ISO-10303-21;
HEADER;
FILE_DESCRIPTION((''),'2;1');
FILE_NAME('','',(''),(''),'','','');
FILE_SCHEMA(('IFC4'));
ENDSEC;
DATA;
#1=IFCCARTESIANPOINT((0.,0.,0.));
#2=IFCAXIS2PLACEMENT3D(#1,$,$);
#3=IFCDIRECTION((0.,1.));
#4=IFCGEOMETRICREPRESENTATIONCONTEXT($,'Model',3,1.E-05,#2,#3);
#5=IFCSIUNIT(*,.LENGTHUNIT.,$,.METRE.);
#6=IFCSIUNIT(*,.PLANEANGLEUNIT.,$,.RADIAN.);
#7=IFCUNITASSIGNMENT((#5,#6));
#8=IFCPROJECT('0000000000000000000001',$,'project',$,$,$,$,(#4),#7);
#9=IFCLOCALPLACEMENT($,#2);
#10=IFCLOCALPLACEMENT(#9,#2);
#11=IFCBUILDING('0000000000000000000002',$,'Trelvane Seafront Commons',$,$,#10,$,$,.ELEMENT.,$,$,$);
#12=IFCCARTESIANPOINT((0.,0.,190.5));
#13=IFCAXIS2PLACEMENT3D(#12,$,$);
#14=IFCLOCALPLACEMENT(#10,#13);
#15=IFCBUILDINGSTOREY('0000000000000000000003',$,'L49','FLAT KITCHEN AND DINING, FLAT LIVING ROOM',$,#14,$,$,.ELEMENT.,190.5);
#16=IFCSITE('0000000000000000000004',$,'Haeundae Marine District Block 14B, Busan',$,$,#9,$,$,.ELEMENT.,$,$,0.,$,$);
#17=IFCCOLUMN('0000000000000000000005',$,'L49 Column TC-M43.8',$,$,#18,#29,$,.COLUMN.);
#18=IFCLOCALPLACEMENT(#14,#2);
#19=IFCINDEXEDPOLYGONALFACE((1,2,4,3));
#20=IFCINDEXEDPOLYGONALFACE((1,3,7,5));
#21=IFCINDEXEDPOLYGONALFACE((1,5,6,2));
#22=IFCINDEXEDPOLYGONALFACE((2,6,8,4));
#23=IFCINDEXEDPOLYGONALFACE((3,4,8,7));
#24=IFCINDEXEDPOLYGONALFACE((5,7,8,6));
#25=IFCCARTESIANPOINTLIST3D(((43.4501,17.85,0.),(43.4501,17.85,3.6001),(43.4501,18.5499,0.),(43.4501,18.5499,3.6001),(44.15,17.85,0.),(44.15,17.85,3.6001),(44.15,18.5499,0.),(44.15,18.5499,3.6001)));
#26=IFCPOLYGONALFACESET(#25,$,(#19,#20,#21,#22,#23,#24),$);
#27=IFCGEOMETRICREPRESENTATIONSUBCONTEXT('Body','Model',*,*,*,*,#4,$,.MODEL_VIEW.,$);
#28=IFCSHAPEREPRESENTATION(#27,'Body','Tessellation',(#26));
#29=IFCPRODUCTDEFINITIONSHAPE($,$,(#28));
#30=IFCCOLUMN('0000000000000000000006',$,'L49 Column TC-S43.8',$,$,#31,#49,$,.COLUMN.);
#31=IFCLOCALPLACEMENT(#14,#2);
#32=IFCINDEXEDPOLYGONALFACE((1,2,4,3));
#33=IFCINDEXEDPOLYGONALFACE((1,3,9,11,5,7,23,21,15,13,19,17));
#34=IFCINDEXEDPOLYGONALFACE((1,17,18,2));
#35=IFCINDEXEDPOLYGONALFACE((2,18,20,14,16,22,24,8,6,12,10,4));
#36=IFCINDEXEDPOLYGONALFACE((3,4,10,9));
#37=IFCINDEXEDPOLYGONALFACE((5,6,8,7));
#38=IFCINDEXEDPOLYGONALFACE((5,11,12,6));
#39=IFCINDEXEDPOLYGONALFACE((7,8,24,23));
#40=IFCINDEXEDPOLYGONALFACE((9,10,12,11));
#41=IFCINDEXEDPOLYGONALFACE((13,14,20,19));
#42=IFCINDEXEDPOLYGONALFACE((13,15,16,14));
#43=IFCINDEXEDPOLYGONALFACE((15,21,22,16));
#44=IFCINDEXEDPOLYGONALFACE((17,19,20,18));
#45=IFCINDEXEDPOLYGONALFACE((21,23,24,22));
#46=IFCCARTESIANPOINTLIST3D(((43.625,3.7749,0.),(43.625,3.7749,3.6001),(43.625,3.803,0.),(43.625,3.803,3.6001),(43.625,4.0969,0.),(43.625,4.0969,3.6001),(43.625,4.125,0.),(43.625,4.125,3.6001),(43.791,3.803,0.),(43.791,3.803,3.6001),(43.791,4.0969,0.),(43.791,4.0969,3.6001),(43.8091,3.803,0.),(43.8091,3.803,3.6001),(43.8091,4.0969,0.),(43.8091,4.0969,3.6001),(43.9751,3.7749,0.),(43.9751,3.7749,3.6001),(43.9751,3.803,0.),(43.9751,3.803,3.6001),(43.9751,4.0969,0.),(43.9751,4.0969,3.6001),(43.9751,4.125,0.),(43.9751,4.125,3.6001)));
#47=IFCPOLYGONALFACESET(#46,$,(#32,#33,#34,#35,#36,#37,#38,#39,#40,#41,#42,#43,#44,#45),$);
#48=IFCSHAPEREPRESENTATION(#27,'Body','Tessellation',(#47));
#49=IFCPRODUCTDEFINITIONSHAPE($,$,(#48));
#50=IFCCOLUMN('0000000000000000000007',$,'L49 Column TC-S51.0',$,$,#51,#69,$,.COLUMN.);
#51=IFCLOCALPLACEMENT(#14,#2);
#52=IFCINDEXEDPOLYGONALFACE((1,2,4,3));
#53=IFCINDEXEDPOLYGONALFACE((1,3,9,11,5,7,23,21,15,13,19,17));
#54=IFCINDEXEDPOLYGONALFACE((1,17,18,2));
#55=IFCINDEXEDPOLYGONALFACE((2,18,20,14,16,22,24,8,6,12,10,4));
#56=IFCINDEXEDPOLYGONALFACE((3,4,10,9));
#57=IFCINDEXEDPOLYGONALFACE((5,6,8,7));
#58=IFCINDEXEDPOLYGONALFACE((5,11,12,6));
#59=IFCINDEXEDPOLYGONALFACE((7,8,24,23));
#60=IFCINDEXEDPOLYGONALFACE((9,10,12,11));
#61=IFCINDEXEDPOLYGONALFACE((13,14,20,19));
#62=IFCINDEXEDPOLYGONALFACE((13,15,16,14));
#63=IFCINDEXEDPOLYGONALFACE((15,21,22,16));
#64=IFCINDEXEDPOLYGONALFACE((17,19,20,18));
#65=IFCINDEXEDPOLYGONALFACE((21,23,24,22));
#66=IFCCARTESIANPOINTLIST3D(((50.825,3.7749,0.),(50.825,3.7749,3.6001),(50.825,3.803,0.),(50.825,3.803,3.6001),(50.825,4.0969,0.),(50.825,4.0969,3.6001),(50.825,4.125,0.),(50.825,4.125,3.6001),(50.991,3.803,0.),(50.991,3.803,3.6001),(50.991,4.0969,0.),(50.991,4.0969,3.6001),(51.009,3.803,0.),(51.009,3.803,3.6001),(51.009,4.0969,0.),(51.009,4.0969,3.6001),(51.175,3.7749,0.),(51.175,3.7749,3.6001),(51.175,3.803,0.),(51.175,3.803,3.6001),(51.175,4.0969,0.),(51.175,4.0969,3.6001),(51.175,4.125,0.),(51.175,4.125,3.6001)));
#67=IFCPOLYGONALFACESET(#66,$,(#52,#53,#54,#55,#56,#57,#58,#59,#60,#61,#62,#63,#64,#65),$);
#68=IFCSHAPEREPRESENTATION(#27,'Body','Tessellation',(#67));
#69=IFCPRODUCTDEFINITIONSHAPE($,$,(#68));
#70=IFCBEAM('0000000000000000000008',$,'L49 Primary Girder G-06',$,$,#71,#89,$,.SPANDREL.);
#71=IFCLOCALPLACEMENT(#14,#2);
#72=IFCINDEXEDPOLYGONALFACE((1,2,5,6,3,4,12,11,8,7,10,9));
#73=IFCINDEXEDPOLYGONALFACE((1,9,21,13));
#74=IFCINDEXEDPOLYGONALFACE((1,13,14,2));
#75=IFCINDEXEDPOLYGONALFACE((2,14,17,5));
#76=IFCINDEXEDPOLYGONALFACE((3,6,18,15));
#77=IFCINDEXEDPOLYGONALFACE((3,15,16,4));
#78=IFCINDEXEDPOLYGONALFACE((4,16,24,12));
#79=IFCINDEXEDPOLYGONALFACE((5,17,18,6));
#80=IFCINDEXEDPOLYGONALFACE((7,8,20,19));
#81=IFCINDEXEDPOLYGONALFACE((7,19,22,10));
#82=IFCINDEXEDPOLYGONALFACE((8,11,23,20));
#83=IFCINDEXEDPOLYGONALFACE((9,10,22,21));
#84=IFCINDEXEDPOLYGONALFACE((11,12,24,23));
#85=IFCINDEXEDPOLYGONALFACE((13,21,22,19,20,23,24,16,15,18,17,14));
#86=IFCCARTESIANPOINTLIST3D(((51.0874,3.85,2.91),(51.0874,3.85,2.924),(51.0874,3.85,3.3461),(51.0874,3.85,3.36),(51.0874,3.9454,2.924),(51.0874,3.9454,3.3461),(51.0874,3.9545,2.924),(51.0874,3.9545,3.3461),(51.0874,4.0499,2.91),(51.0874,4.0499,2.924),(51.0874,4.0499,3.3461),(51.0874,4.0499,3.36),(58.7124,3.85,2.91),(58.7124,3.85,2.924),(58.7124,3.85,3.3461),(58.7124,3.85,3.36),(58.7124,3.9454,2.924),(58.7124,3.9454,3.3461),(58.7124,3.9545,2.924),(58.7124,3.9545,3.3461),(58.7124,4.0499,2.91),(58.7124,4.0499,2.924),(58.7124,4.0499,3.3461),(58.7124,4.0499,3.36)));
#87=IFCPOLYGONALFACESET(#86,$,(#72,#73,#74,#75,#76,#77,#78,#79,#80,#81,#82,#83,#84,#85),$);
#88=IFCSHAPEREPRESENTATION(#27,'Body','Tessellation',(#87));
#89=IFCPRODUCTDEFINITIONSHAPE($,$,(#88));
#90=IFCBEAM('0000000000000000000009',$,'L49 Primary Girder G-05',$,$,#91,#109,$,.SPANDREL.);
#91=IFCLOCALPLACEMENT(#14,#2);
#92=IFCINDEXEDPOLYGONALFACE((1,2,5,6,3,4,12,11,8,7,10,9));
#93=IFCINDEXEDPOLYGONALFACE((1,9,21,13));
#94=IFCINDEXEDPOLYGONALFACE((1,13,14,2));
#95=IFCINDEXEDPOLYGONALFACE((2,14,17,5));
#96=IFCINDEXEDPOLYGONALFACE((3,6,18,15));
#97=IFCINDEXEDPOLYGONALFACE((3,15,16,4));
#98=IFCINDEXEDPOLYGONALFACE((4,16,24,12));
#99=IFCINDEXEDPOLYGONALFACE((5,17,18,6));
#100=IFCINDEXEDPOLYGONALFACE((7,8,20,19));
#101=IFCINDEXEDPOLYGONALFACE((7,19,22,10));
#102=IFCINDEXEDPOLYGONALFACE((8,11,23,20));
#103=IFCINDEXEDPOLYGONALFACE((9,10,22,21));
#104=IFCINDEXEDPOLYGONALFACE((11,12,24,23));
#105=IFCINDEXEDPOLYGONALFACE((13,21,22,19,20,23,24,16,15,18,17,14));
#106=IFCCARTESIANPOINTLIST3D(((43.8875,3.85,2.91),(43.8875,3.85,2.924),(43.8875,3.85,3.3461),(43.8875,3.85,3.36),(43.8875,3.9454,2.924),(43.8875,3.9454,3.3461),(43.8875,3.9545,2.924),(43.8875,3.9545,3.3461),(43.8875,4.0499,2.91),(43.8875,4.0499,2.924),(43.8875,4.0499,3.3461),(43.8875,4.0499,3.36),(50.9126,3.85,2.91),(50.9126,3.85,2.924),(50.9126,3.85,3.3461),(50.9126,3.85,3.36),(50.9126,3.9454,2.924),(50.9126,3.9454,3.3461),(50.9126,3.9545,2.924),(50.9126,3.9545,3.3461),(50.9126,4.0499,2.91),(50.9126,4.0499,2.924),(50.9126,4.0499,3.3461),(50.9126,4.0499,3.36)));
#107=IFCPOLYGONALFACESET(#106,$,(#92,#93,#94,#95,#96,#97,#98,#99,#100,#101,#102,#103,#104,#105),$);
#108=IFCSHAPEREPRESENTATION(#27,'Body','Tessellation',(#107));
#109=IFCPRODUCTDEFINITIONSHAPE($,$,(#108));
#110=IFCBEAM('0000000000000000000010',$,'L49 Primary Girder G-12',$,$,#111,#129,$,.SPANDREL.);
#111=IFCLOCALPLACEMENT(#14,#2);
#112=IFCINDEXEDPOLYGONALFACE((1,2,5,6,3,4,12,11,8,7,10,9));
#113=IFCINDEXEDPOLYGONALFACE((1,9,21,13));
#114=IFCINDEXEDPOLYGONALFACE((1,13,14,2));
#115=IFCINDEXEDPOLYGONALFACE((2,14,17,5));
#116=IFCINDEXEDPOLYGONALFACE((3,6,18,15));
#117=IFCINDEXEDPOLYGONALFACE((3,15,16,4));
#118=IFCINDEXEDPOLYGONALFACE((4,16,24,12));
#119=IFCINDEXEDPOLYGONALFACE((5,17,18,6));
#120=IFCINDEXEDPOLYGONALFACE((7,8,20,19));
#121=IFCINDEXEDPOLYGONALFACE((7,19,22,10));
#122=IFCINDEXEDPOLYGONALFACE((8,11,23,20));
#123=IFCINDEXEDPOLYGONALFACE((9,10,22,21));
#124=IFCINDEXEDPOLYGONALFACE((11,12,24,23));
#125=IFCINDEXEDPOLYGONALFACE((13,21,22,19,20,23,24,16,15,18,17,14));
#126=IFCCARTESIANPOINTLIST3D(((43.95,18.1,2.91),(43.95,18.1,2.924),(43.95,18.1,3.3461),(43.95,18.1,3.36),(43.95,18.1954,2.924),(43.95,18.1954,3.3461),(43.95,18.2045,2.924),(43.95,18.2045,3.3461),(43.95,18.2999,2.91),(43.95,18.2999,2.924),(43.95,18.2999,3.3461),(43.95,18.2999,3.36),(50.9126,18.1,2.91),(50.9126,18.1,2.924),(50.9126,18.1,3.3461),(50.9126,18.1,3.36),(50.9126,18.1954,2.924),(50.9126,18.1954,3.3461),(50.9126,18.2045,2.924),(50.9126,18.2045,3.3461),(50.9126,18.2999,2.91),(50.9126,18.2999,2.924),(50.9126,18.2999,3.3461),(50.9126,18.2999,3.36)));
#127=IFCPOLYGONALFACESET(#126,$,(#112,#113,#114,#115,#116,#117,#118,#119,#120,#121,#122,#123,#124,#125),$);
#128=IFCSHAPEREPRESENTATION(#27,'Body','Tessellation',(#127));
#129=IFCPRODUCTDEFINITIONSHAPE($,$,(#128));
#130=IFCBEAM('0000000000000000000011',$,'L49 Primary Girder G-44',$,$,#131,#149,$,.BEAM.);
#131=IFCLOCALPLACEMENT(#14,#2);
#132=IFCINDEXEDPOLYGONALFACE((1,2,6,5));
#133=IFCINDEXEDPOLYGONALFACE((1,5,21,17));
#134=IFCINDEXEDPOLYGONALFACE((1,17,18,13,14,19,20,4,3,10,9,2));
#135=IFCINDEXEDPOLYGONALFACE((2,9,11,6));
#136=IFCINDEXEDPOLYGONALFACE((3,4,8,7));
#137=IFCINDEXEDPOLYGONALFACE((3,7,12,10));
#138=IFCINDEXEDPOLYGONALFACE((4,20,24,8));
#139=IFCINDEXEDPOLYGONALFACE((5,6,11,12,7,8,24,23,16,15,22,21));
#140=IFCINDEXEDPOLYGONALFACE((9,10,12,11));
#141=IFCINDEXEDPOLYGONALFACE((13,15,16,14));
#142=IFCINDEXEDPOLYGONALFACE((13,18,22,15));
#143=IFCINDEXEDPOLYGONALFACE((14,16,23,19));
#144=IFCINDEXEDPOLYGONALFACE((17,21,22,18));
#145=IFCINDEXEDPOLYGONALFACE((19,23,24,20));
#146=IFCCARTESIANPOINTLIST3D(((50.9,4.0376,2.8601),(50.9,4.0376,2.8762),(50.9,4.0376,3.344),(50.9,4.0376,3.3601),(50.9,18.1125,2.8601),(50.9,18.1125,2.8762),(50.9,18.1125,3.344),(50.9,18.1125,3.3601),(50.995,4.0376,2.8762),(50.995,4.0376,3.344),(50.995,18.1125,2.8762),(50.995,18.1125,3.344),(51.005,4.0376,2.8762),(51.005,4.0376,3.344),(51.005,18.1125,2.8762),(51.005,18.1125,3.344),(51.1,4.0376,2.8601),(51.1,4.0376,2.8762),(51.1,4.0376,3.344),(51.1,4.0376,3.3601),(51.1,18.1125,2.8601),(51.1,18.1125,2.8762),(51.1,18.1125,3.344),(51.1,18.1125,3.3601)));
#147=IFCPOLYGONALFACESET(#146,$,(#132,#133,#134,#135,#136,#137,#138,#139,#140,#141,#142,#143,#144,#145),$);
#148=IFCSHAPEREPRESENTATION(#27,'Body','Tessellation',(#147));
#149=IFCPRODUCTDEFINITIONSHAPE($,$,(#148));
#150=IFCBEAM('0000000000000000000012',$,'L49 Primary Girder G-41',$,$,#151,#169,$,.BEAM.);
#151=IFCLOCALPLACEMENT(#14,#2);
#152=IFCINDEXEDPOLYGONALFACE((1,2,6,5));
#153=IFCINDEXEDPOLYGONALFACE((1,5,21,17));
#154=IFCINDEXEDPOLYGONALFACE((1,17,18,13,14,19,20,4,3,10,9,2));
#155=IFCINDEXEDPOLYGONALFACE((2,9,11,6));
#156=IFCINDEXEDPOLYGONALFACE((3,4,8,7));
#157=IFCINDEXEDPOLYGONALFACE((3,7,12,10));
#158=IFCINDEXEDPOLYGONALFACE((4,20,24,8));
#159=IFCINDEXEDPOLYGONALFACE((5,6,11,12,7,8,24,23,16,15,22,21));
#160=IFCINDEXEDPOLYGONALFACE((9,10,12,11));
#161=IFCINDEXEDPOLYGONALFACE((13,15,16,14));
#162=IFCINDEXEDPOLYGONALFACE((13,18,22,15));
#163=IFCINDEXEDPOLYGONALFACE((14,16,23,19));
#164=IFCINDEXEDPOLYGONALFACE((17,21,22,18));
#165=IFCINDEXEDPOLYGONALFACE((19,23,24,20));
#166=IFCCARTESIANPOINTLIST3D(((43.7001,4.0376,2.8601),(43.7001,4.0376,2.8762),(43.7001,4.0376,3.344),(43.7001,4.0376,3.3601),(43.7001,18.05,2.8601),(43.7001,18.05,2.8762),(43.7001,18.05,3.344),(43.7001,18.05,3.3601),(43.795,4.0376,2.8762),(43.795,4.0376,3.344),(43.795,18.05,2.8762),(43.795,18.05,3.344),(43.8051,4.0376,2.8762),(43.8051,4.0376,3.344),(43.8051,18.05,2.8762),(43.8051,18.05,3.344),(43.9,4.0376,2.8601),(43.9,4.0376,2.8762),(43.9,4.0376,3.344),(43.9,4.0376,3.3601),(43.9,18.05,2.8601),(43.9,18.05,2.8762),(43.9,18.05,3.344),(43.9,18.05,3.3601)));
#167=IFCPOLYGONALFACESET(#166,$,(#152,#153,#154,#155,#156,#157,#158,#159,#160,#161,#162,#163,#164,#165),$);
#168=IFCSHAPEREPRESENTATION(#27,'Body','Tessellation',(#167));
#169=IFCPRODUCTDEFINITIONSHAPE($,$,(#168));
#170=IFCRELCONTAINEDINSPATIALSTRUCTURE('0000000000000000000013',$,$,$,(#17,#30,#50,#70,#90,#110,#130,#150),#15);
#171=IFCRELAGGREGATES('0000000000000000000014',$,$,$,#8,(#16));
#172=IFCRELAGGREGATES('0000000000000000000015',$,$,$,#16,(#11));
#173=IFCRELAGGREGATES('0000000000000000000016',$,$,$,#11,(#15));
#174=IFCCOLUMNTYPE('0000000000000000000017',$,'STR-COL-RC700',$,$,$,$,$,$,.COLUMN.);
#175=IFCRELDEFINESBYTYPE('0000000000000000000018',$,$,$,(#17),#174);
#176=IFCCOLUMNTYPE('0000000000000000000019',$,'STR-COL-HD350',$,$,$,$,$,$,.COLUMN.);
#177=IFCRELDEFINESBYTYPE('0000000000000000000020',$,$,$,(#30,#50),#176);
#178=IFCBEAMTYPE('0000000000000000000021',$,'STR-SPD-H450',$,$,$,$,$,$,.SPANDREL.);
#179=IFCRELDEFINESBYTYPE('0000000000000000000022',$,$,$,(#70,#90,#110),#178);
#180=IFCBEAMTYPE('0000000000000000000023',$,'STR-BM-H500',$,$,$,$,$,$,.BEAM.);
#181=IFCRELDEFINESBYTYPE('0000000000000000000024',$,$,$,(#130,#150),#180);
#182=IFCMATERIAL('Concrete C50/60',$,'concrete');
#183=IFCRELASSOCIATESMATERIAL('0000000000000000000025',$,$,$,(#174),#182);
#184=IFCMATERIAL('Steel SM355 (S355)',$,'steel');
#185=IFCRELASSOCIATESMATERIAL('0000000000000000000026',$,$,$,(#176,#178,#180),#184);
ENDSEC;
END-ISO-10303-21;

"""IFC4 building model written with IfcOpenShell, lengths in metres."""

from ifc_helpers import new_model, si_unit, direction, frame, origin, origin_2d, place, context, subcontext, project, spatial, rectangle, i_section, extrude, source, transform, mapped, material, material_profile, profile_set, type_object, element, save


model = new_model("IFC4")

# Units and contexts
model_context = context("Model", 3, precision=1e-05, world=origin(), true_north=direction((0.0, 1.0)))
body_context = subcontext(model_context, "Body", "Model", "MODEL_VIEW")
ifc_project = project(units=[si_unit("LENGTHUNIT", "METRE"), si_unit("PLANEANGLEUNIT", "RADIAN")], contexts=[model_context])

# Site, building, storey
site_placement = place(None, origin())
site = spatial("IfcSite", under=ifc_project, at=site_placement, Name="Haeundae Marine District Block 14B, Busan", CompositionType="ELEMENT", RefElevation=0.0)
building_placement = place(site_placement, origin())
building = spatial("IfcBuilding", under=site, at=building_placement, Name="Trelvane Seafront Commons", CompositionType="ELEMENT")
storey_placement = place(building_placement, frame((0.0, 0.0, 190.5)))
storey = spatial("IfcBuildingStorey", under=building, at=storey_placement, Name="L49", Description="FLAT KITCHEN AND DINING, FLAT LIVING ROOM", CompositionType="ELEMENT", Elevation=190.5)

# Columns
ifc_material_1 = material(Name="Concrete C50/60", Category="concrete")
ifc_material_profile_1 = material_profile(ifc_material_1, rectangle(XDim=0.7, YDim=0.7, at=origin_2d()), Name="RC-700x700")
ifc_profile_set_1 = profile_set([ifc_material_profile_1], Name="Concrete C50/60")
column_type_1 = type_object("IfcColumnType", Name="STR-COL-RC700", PredefinedType="COLUMN", material=ifc_profile_set_1)
shared_shape_1 = source(origin(), body_context, "Body", "SweptSolid", [
    extrude(rectangle(XDim=0.7, YDim=0.7, at=origin_2d()), origin(), (0.0, 0.0, 1.0), 3.6001),
])
column_placement = place(storey_placement, frame((43.8, 18.2, 0.0), z_axis=(0.0, 0.0, 1.0), x_axis=(1.0, 0.0, 0.0)))
element("IfcColumn", 1, at=column_placement, inside=storey, type_object=column_type_1, Name="L49 Column TC-M43.8", PredefinedType="COLUMN", context=body_context, shape_type="MappedRepresentation", body=[
    mapped(shared_shape_1, transform((0.0, 0.0, 0.0), x_axis=(1.0, 0.0, 0.0), y_axis=(0.0, 1.0, 0.0), z_axis=(0.0, 0.0, 1.0), scale=1.0)),
])
ifc_material_2 = material(Name="Steel SM355 (S355)", Category="steel")
ifc_material_profile_2 = material_profile(ifc_material_2, i_section(OverallWidth=0.3501, OverallDepth=0.3501, WebThickness=0.0181, FlangeThickness=0.0281, at=origin_2d()), Name="HD-350x350x18x28")
ifc_profile_set_2 = profile_set([ifc_material_profile_2], Name="Steel SM355 (S355)")
column_type_2 = type_object("IfcColumnType", Name="STR-COL-HD350", PredefinedType="COLUMN", material=ifc_profile_set_2)
shared_shape_2 = source(origin(), body_context, "Body", "SweptSolid", [
    extrude(i_section(OverallWidth=0.3501, OverallDepth=0.3501, WebThickness=0.0181, FlangeThickness=0.0281, at=origin_2d()), origin(), (0.0, 0.0, 1.0), 3.6001),
])
for number, where, z_axis, x_axis, name in (
    (2, (43.8, 3.95, 0.0), (0.0, 0.0, 1.0), (1.0, 0.0, 0.0), "L49 Column TC-S43.8"),
    (3, (51.0, 3.95, 0.0), (0.0, 0.0, 1.0), (1.0, 0.0, 0.0), "L49 Column TC-S51.0"),
):
    element("IfcColumn", number, at=place(storey_placement, frame(where, z_axis=z_axis, x_axis=x_axis)), inside=storey, type_object=column_type_2, Name=name, PredefinedType="COLUMN", context=body_context, shape_type="MappedRepresentation", body=[
        mapped(shared_shape_2, transform((0.0, 0.0, 0.0), x_axis=(1.0, 0.0, 0.0), y_axis=(0.0, 1.0, 0.0), z_axis=(0.0, 0.0, 1.0), scale=1.0)),
    ])

# Beams
ifc_material_profile_3 = material_profile(ifc_material_2, i_section(OverallWidth=0.2, OverallDepth=0.45, WebThickness=0.009, FlangeThickness=0.0139, at=origin_2d()), Name="H-450x200x9x14")
ifc_profile_set_3 = profile_set([ifc_material_profile_3], Name="Steel SM355 (S355)")
beam_type_1 = type_object("IfcBeamType", Name="STR-SPD-H450", PredefinedType="SPANDREL", material=ifc_profile_set_3)
shared_shape_3 = source(origin(), body_context, "Body", "SweptSolid", [
    extrude(i_section(OverallWidth=0.2, OverallDepth=0.45, WebThickness=0.009, FlangeThickness=0.0139, at=origin_2d()), origin(), (0.0, 0.0, 1.0), 7.625),
])
beam_1_placement = place(storey_placement, frame((51.0874, 3.95, 3.135), z_axis=(1.0, 0.0, 0.0), x_axis=(0.0, 1.0, 0.0)))
element("IfcBeam", 4, at=beam_1_placement, inside=storey, type_object=beam_type_1, Name="L49 Primary Girder G-06", PredefinedType="SPANDREL", context=body_context, shape_type="MappedRepresentation", body=[
    mapped(shared_shape_3, transform((0.0, 0.0, 0.0), x_axis=(1.0, 0.0, 0.0), y_axis=(0.0, 1.0, 0.0), z_axis=(0.0, 0.0, 1.0), scale=1.0)),
])
shared_shape_4 = source(origin(), body_context, "Body", "SweptSolid", [
    extrude(i_section(OverallWidth=0.2, OverallDepth=0.45, WebThickness=0.009, FlangeThickness=0.0139, at=origin_2d()), origin(), (0.0, 0.0, 1.0), 7.0251),
])
beam_2_placement = place(storey_placement, frame((43.8875, 3.95, 3.135), z_axis=(1.0, 0.0, 0.0), x_axis=(0.0, 1.0, 0.0)))
element("IfcBeam", 5, at=beam_2_placement, inside=storey, type_object=beam_type_1, Name="L49 Primary Girder G-05", PredefinedType="SPANDREL", context=body_context, shape_type="MappedRepresentation", body=[
    mapped(shared_shape_4, transform((0.0, 0.0, 0.0), x_axis=(1.0, 0.0, 0.0), y_axis=(0.0, 1.0, 0.0), z_axis=(0.0, 0.0, 1.0), scale=1.0)),
])
shared_shape_5 = source(origin(), body_context, "Body", "SweptSolid", [
    extrude(i_section(OverallWidth=0.2, OverallDepth=0.45, WebThickness=0.009, FlangeThickness=0.0139, at=origin_2d()), origin(), (0.0, 0.0, 1.0), 6.9626),
])
beam_3_placement = place(storey_placement, frame((43.95, 18.2, 3.135), z_axis=(1.0, 0.0, 0.0), x_axis=(0.0, 1.0, 0.0)))
element("IfcBeam", 6, at=beam_3_placement, inside=storey, type_object=beam_type_1, Name="L49 Primary Girder G-12", PredefinedType="SPANDREL", context=body_context, shape_type="MappedRepresentation", body=[
    mapped(shared_shape_5, transform((0.0, 0.0, 0.0), x_axis=(1.0, 0.0, 0.0), y_axis=(0.0, 1.0, 0.0), z_axis=(0.0, 0.0, 1.0), scale=1.0)),
])
ifc_material_profile_4 = material_profile(ifc_material_2, i_section(OverallWidth=0.2, OverallDepth=0.5, WebThickness=0.01, FlangeThickness=0.0161, at=origin_2d()), Name="H-500x200x10x16")
ifc_profile_set_4 = profile_set([ifc_material_profile_4], Name="Steel SM355 (S355)")
beam_type_2 = type_object("IfcBeamType", Name="STR-BM-H500", PredefinedType="BEAM", material=ifc_profile_set_4)
shared_shape_6 = source(origin(), body_context, "Body", "SweptSolid", [
    extrude(i_section(OverallWidth=0.2, OverallDepth=0.5, WebThickness=0.01, FlangeThickness=0.0161, at=origin_2d()), origin(), (0.0, 0.0, 1.0), 14.075),
])
beam_4_placement = place(storey_placement, frame((51.0, 4.0376, 3.1101), z_axis=(0.0, 1.0, 0.0), x_axis=(-1.0, 0.0, 0.0)))
element("IfcBeam", 7, at=beam_4_placement, inside=storey, type_object=beam_type_2, Name="L49 Primary Girder G-44", PredefinedType="BEAM", context=body_context, shape_type="MappedRepresentation", body=[
    mapped(shared_shape_6, transform((0.0, 0.0, 0.0), x_axis=(1.0, 0.0, 0.0), y_axis=(0.0, 1.0, 0.0), z_axis=(0.0, 0.0, 1.0), scale=1.0)),
])
shared_shape_7 = source(origin(), body_context, "Body", "SweptSolid", [
    extrude(i_section(OverallWidth=0.2, OverallDepth=0.5, WebThickness=0.01, FlangeThickness=0.0161, at=origin_2d()), origin(), (0.0, 0.0, 1.0), 14.0125),
])
beam_5_placement = place(storey_placement, frame((43.8, 4.0376, 3.1101), z_axis=(0.0, 1.0, 0.0), x_axis=(-1.0, 0.0, 0.0)))
element("IfcBeam", 8, at=beam_5_placement, inside=storey, type_object=beam_type_2, Name="L49 Primary Girder G-41", PredefinedType="BEAM", context=body_context, shape_type="MappedRepresentation", body=[
    mapped(shared_shape_7, transform((0.0, 0.0, 0.0), x_axis=(1.0, 0.0, 0.0), y_axis=(0.0, 1.0, 0.0), z_axis=(0.0, 0.0, 1.0), scale=1.0)),
])

save(model, "model.ifc")
